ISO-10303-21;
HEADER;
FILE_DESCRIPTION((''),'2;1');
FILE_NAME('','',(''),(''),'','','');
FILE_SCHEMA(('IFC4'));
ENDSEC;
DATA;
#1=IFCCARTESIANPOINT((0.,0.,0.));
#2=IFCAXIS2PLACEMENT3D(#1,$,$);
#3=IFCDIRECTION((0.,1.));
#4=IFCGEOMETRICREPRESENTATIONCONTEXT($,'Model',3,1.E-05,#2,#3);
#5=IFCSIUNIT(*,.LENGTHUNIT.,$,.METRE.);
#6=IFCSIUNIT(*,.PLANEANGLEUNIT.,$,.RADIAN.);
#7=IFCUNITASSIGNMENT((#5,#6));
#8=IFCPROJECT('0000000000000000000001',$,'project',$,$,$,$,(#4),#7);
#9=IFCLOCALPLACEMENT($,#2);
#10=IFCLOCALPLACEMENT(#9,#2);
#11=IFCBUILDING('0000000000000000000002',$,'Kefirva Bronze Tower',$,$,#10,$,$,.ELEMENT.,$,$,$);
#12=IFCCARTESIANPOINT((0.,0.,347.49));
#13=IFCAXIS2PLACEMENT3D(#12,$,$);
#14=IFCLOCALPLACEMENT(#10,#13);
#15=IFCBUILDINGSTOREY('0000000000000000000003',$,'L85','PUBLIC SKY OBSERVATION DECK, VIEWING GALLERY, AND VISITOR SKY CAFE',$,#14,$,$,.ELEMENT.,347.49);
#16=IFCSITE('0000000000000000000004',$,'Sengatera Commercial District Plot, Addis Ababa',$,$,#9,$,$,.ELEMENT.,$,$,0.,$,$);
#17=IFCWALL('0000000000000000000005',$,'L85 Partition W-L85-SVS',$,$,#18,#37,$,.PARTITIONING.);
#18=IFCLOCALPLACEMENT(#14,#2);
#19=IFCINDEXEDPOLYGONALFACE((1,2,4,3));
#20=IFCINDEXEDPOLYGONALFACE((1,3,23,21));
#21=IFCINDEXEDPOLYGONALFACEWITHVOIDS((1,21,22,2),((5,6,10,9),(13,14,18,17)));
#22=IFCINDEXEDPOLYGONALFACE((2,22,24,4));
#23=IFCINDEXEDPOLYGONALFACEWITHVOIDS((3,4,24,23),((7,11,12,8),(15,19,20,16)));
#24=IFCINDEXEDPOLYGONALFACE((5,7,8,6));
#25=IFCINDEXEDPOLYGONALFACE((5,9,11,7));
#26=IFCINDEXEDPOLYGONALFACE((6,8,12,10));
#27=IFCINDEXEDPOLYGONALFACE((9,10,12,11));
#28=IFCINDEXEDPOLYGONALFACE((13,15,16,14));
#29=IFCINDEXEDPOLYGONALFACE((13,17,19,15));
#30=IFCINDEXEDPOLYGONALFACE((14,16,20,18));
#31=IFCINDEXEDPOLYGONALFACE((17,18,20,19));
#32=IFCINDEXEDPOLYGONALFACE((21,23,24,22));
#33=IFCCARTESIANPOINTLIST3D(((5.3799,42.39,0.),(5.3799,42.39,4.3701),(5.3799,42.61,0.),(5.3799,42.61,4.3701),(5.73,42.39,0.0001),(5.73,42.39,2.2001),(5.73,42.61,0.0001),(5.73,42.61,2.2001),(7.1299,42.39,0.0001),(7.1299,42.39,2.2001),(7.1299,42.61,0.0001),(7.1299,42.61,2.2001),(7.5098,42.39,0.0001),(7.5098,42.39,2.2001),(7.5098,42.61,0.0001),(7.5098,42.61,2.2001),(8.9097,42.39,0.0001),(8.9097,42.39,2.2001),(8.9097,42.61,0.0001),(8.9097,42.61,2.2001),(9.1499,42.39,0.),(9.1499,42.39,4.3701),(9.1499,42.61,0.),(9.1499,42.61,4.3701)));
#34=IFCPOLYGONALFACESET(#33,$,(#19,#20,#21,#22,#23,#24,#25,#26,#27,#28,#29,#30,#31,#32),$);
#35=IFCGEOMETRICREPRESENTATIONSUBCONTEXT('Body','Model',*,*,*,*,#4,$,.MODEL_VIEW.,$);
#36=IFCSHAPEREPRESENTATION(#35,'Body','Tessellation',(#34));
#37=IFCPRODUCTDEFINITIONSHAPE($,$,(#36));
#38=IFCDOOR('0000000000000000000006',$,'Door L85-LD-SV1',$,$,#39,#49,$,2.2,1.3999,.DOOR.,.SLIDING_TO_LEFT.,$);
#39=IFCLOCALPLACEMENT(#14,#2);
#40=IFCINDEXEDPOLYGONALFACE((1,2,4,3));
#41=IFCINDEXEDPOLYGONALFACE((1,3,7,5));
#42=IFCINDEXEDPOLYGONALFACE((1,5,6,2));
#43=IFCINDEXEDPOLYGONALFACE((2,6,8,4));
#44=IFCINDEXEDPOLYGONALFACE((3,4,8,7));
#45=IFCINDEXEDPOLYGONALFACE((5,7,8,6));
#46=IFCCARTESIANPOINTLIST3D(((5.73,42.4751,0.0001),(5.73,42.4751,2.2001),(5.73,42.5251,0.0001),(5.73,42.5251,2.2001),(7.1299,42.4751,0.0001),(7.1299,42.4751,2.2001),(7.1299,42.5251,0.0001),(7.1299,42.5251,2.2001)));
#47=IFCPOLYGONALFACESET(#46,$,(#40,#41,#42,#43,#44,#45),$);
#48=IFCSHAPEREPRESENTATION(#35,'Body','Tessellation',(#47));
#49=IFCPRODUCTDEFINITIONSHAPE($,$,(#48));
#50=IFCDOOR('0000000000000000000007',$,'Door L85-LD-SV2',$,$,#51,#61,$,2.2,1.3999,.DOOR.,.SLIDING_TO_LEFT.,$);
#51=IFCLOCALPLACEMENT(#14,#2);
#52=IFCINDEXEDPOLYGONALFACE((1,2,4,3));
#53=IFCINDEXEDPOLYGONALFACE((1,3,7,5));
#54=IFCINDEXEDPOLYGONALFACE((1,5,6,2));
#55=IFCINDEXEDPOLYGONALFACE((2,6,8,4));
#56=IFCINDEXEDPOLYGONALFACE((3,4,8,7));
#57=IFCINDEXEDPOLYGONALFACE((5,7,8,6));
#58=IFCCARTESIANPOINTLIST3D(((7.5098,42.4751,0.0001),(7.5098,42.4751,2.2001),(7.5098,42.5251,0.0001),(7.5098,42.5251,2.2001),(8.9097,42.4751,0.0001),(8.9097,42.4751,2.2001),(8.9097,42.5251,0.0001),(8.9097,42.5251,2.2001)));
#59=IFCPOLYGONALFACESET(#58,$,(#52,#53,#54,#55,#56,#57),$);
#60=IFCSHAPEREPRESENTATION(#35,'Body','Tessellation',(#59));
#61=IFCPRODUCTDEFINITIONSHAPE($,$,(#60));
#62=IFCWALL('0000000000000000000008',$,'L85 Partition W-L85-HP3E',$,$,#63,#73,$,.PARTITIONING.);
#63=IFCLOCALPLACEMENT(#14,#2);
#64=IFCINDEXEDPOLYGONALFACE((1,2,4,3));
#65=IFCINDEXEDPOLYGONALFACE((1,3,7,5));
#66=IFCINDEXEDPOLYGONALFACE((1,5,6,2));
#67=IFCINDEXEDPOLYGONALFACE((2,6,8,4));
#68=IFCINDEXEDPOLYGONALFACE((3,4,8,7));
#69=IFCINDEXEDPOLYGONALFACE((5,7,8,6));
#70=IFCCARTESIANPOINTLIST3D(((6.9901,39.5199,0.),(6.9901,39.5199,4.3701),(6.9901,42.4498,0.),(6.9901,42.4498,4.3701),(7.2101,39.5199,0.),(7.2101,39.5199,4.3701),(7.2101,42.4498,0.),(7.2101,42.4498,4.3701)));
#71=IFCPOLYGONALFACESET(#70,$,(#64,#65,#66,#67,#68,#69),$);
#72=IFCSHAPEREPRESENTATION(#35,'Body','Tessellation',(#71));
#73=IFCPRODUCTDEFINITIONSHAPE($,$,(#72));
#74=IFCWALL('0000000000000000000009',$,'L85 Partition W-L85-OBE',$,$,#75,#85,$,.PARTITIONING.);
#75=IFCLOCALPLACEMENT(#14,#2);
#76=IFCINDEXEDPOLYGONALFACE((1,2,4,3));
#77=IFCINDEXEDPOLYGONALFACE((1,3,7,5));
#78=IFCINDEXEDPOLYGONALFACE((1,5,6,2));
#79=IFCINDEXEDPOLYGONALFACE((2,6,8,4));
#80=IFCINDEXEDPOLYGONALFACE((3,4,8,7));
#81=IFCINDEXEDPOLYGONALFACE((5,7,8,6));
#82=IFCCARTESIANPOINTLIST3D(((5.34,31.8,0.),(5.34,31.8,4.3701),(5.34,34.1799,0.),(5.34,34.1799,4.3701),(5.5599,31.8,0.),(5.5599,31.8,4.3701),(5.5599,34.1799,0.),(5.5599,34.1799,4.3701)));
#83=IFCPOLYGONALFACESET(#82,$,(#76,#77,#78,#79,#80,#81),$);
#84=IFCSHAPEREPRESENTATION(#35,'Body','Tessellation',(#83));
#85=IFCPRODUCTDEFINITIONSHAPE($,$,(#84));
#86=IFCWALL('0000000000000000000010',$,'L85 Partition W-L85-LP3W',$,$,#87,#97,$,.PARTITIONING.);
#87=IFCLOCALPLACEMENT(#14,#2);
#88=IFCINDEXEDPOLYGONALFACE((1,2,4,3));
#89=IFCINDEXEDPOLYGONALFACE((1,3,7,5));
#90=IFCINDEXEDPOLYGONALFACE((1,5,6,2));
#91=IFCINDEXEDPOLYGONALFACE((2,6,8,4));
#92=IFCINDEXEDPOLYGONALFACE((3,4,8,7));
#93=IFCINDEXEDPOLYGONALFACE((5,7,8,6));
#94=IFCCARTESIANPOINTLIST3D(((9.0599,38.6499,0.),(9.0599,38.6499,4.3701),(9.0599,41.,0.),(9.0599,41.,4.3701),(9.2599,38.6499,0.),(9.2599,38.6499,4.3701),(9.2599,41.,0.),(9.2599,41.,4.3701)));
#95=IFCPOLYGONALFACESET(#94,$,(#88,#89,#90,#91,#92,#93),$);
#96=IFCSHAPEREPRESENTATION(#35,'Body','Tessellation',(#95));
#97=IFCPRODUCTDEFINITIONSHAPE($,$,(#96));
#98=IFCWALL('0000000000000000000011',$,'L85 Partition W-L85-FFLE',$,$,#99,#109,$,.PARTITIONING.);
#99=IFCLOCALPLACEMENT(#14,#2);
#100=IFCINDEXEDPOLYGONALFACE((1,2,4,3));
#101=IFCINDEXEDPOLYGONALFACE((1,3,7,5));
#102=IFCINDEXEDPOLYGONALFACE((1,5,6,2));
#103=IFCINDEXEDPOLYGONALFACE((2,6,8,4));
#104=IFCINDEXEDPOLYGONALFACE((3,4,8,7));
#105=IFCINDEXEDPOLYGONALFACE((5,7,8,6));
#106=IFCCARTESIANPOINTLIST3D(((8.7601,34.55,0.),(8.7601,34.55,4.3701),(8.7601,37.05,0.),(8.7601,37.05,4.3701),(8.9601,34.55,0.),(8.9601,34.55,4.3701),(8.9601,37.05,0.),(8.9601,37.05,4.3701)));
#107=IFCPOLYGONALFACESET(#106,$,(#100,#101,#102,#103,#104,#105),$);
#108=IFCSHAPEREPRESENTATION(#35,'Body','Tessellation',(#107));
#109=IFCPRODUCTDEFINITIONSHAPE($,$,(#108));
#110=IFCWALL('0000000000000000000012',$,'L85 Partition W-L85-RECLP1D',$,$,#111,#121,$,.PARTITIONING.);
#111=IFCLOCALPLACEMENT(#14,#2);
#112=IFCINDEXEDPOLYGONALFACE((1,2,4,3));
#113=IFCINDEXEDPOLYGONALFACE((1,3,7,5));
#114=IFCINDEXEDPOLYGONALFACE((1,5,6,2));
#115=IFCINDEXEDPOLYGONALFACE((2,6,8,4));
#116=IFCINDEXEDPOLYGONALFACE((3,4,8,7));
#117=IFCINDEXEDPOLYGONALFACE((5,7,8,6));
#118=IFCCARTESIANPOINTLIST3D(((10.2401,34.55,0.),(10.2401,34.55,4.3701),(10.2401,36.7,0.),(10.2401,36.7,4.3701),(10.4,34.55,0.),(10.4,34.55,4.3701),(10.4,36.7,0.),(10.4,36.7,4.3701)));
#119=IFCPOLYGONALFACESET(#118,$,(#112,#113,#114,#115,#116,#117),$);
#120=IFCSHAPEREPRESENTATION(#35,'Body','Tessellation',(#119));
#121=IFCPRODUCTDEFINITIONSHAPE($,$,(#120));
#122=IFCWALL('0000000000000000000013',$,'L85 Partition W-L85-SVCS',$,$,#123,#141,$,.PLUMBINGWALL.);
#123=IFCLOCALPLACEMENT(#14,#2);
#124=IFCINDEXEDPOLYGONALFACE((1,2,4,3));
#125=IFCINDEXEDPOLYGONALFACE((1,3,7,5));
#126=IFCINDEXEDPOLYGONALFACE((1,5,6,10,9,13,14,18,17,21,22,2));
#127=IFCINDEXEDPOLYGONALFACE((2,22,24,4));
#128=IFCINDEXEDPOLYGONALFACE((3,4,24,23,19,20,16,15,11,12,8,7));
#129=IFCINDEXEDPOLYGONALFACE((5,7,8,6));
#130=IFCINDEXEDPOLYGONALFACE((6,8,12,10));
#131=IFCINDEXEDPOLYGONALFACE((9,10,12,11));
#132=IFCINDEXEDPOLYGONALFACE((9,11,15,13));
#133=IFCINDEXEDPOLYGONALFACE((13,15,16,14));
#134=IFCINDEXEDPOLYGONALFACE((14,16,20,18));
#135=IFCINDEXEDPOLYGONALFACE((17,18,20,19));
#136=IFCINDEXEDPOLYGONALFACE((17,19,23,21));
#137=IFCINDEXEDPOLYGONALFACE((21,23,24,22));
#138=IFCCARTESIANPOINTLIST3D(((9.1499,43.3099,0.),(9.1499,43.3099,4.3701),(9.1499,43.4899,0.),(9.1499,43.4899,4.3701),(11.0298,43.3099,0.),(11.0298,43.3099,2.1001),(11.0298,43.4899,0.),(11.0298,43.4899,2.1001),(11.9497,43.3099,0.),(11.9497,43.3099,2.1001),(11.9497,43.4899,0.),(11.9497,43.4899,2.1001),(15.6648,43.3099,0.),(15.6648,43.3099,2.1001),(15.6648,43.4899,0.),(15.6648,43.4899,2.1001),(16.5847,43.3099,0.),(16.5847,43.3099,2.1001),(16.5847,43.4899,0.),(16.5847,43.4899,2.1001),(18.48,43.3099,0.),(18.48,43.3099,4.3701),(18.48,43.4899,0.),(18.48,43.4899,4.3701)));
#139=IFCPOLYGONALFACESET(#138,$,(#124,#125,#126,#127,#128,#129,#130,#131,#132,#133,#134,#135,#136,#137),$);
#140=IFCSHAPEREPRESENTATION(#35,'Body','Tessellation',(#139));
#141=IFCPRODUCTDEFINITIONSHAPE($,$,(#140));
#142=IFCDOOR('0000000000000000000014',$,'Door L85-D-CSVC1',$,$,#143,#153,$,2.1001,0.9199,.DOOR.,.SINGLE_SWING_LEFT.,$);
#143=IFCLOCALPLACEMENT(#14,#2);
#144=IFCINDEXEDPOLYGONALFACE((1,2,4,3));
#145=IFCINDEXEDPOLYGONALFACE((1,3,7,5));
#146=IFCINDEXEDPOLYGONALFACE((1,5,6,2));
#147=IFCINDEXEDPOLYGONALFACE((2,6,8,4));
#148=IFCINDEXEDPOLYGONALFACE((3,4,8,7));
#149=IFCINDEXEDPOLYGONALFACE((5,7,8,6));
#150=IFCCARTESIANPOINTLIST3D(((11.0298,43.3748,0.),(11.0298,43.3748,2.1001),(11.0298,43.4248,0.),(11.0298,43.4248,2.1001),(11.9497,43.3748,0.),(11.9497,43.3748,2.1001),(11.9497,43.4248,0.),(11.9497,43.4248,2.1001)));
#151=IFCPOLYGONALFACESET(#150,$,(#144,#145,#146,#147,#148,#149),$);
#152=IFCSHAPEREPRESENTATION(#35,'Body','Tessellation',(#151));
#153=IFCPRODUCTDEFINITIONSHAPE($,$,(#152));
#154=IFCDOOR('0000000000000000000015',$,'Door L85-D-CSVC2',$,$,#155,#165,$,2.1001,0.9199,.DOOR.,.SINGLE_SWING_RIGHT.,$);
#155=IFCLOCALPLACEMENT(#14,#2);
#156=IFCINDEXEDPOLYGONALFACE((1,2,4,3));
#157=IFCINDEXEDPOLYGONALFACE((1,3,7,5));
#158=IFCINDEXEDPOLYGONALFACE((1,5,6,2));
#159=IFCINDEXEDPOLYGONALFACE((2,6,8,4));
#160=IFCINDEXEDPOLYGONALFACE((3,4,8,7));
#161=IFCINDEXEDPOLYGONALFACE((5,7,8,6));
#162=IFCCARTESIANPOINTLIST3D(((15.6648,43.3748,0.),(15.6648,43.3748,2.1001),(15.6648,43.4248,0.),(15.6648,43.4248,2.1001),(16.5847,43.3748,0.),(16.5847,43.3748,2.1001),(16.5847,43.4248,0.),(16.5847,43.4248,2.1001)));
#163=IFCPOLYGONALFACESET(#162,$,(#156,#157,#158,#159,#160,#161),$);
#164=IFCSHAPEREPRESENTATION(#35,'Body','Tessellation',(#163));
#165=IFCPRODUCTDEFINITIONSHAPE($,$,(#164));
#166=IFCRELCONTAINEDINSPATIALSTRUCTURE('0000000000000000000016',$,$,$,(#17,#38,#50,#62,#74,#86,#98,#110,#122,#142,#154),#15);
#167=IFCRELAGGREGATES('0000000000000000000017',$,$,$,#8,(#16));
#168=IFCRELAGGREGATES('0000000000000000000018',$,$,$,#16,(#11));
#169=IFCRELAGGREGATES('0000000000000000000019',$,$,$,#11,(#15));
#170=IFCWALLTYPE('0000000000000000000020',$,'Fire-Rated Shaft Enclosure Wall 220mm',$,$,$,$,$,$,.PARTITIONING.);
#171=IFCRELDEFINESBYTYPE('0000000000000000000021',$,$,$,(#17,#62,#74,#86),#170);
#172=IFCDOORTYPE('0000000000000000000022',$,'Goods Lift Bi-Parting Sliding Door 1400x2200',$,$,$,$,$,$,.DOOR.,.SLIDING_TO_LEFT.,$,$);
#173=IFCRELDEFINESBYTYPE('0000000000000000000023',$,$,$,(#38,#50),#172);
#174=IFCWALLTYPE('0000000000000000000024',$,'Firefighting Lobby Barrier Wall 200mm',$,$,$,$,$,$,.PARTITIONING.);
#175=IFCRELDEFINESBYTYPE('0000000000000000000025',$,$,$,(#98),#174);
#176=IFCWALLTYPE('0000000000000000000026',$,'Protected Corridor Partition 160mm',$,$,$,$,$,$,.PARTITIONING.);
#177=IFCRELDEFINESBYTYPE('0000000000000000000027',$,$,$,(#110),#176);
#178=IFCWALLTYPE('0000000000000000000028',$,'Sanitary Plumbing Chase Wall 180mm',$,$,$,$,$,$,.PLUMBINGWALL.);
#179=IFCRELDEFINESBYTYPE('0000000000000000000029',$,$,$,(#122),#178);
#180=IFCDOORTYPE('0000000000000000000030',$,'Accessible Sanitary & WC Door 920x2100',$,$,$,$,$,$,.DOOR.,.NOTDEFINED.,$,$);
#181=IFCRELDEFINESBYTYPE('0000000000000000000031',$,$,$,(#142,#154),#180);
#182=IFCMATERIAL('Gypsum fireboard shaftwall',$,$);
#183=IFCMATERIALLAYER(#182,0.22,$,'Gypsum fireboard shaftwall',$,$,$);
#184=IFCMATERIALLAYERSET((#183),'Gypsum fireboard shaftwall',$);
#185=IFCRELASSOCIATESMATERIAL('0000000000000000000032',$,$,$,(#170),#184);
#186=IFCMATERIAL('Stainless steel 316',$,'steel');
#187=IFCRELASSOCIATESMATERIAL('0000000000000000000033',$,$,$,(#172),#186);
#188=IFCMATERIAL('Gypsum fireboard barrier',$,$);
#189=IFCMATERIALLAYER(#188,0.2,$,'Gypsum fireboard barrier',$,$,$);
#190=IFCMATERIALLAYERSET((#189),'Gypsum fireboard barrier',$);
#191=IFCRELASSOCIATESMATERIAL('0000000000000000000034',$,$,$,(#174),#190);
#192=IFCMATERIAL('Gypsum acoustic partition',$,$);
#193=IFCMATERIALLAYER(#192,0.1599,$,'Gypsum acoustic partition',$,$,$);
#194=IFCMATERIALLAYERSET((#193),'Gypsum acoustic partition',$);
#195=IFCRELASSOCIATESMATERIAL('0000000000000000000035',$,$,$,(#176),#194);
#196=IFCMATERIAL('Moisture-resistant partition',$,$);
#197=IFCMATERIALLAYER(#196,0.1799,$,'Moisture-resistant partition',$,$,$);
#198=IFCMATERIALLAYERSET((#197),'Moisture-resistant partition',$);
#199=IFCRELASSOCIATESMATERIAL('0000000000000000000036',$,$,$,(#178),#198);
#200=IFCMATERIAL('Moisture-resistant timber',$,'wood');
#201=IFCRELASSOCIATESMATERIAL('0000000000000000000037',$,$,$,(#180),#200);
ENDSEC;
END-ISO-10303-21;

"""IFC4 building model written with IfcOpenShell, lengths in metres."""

from ifc_helpers import new_model, si_unit, direction, frame, frame_2d, origin, place, context, subcontext, project, spatial, rectangle, extrude, material, layer, layer_set, type_object, element, fill, save


model = new_model("IFC4")

# Units and contexts
model_context = context("Model", 3, precision=1e-05, world=origin(), true_north=direction((0.0, 1.0)))
body_context = subcontext(model_context, "Body", "Model", "MODEL_VIEW")
ifc_project = project(units=[si_unit("LENGTHUNIT", "METRE"), si_unit("PLANEANGLEUNIT", "RADIAN")], contexts=[model_context])

# Site, building, storey
site_placement = place(None, origin())
site = spatial("IfcSite", under=ifc_project, at=site_placement, Name="Sengatera Commercial District Plot, Addis Ababa", CompositionType="ELEMENT", RefElevation=0.0)
building_placement = place(site_placement, origin())
building = spatial("IfcBuilding", under=site, at=building_placement, Name="Kefirva Bronze Tower", CompositionType="ELEMENT")
storey_placement = place(building_placement, frame((0.0, 0.0, 347.49)))
storey = spatial("IfcBuildingStorey", under=building, at=storey_placement, Name="L85", Description="PUBLIC SKY OBSERVATION DECK, VIEWING GALLERY, AND VISITOR SKY CAFE", CompositionType="ELEMENT", Elevation=347.49)

# Shared definitions
ifc_material_1 = material(Name="Gypsum fireboard shaftwall")
ifc_layer_1 = layer(ifc_material_1, 0.22, Name="Gypsum fireboard shaftwall")
ifc_layer_set_1 = layer_set([ifc_layer_1], Name="Gypsum fireboard shaftwall")
wall_type_1 = type_object("IfcWallType", Name="Fire-Rated Shaft Enclosure Wall 220mm", PredefinedType="PARTITIONING", material=ifc_layer_set_1)
ifc_material_2 = material(Name="Stainless steel 316", Category="steel")

# Wall, openings, doors
wall_1_placement = place(storey_placement, frame((5.3799, 42.5, 0.0), z_axis=(0.0, 0.0, 1.0), x_axis=(1.0, 0.0, 0.0)))
wall_1 = element("IfcWall", 1, at=wall_1_placement, inside=storey, type_object=wall_type_1, Name="L85 Partition W-L85-SVS", PredefinedType="PARTITIONING", context=body_context, shape_type="SweptSolid", body=[
    extrude(rectangle(XDim=3.77, YDim=0.22, at=frame_2d((1.885, 0.0))), origin(), (0.0, 0.0, 1.0), 4.3701),
])
opening_1_placement = place(wall_1_placement, frame((1.75, 0.0, 0.0), z_axis=(0.0, 0.0, 1.0), x_axis=(-1.0, 0.0, 0.0)))
opening_1 = element("IfcOpeningElement", 2, at=opening_1_placement, cuts=wall_1, PredefinedType="OPENING", context=body_context, shape_type="SweptSolid", body=[
    extrude(rectangle(XDim=1.3999, YDim=2.2, at=frame_2d((0.7, 1.1001))), frame((0.0, 0.1201, 0.0), z_axis=(0.0, -1.0, 0.0), x_axis=(1.0, 0.0, 0.0)), (0.0, 0.0, 1.0), 0.24),
])
opening_2_placement = place(wall_1_placement, frame((3.5298, 0.0, 0.0), z_axis=(0.0, 0.0, 1.0), x_axis=(-1.0, 0.0, 0.0)))
opening_2 = element("IfcOpeningElement", 3, at=opening_2_placement, cuts=wall_1, PredefinedType="OPENING", context=body_context, shape_type="SweptSolid", body=[
    extrude(rectangle(XDim=1.3999, YDim=2.2, at=frame_2d((0.7, 1.1001))), frame((0.0, 0.1201, 0.0), z_axis=(0.0, -1.0, 0.0), x_axis=(1.0, 0.0, 0.0)), (0.0, 0.0, 1.0), 0.24),
])
door_type_1 = type_object("IfcDoorType", Name="Goods Lift Bi-Parting Sliding Door 1400x2200", OperationType="SLIDING_TO_LEFT", PredefinedType="DOOR", material=ifc_material_2)
door_1_placement = place(opening_1_placement, origin())
door_1 = element("IfcDoor", 4, at=door_1_placement, inside=storey, type_object=door_type_1, Name="Door L85-LD-SV1", OperationType="SLIDING_TO_LEFT", OverallHeight=2.2, OverallWidth=1.3999, PredefinedType="DOOR", context=body_context, shape_type="SweptSolid", body=[
    extrude(rectangle(XDim=1.3999, YDim=2.2, at=frame_2d((0.7, 1.1001))), frame((0.0, 0.0249, 0.0), z_axis=(0.0, -1.0, 0.0), x_axis=(1.0, 0.0, 0.0)), (0.0, 0.0, 1.0), 0.05),
])
fill(opening_1, door_1)
door_2_placement = place(opening_2_placement, origin())
door_2 = element("IfcDoor", 5, at=door_2_placement, inside=storey, type_object=door_type_1, Name="Door L85-LD-SV2", OperationType="SLIDING_TO_LEFT", OverallHeight=2.2, OverallWidth=1.3999, PredefinedType="DOOR", context=body_context, shape_type="SweptSolid", body=[
    extrude(rectangle(XDim=1.3999, YDim=2.2, at=frame_2d((0.7, 1.1001))), frame((0.0, 0.0249, 0.0), z_axis=(0.0, -1.0, 0.0), x_axis=(1.0, 0.0, 0.0)), (0.0, 0.0, 1.0), 0.05),
])
fill(opening_2, door_2)

# Walls
wall_2_placement = place(storey_placement, frame((7.1001, 39.52, 0.0), z_axis=(0.0, 0.0, 1.0), x_axis=(0.0, 1.0, 0.0)))
element("IfcWall", 6, at=wall_2_placement, inside=storey, type_object=wall_type_1, Name="L85 Partition W-L85-HP3E", PredefinedType="PARTITIONING", context=body_context, shape_type="SweptSolid", body=[
    extrude(rectangle(XDim=2.9299, YDim=0.22, at=frame_2d((1.4648, 0.0))), origin(), (0.0, 0.0, 1.0), 4.3701),
])
wall_3_placement = place(storey_placement, frame((5.45, 31.8, 0.0), z_axis=(0.0, 0.0, 1.0), x_axis=(0.0, 1.0, 0.0)))
element("IfcWall", 7, at=wall_3_placement, inside=storey, type_object=wall_type_1, Name="L85 Partition W-L85-OBE", PredefinedType="PARTITIONING", context=body_context, shape_type="SweptSolid", body=[
    extrude(rectangle(XDim=2.3799, YDim=0.22, at=frame_2d((1.1899, 0.0))), origin(), (0.0, 0.0, 1.0), 4.3701),
])
wall_4_placement = place(storey_placement, frame((9.1599, 38.6499, 0.0), z_axis=(0.0, 0.0, 1.0), x_axis=(0.0, 1.0, 0.0)))
element("IfcWall", 8, at=wall_4_placement, inside=storey, type_object=wall_type_1, Name="L85 Partition W-L85-LP3W", PredefinedType="PARTITIONING", context=body_context, shape_type="SweptSolid", body=[
    extrude(rectangle(XDim=2.3501, YDim=0.2, at=frame_2d((1.175, 0.0))), origin(), (0.0, 0.0, 1.0), 4.3701),
])
ifc_material_3 = material(Name="Gypsum fireboard barrier")
ifc_layer_2 = layer(ifc_material_3, 0.2, Name="Gypsum fireboard barrier")
ifc_layer_set_2 = layer_set([ifc_layer_2], Name="Gypsum fireboard barrier")
wall_type_2 = type_object("IfcWallType", Name="Firefighting Lobby Barrier Wall 200mm", PredefinedType="PARTITIONING", material=ifc_layer_set_2)
wall_5_placement = place(storey_placement, frame((8.8601, 34.55, 0.0), z_axis=(0.0, 0.0, 1.0), x_axis=(0.0, 1.0, 0.0)))
element("IfcWall", 9, at=wall_5_placement, inside=storey, type_object=wall_type_2, Name="L85 Partition W-L85-FFLE", PredefinedType="PARTITIONING", context=body_context, shape_type="SweptSolid", body=[
    extrude(rectangle(XDim=2.5, YDim=0.2, at=frame_2d((1.25, 0.0))), origin(), (0.0, 0.0, 1.0), 4.3701),
])

# Shared definitions
ifc_material_4 = material(Name="Gypsum acoustic partition")
ifc_layer_3 = layer(ifc_material_4, 0.1599, Name="Gypsum acoustic partition")
ifc_layer_set_3 = layer_set([ifc_layer_3], Name="Gypsum acoustic partition")
wall_type_3 = type_object("IfcWallType", Name="Protected Corridor Partition 160mm", PredefinedType="PARTITIONING", material=ifc_layer_set_3)

# Wall
wall_6_placement = place(storey_placement, frame((10.3201, 34.55, 0.0), z_axis=(0.0, 0.0, 1.0), x_axis=(0.0, 1.0, 0.0)))
element("IfcWall", 10, at=wall_6_placement, inside=storey, type_object=wall_type_3, Name="L85 Partition W-L85-RECLP1D", PredefinedType="PARTITIONING", context=body_context, shape_type="SweptSolid", body=[
    extrude(rectangle(XDim=2.1499, YDim=0.1599, at=frame_2d((1.075, 0.0))), origin(), (0.0, 0.0, 1.0), 4.3701),
])

# Wall, openings, doors
ifc_material_5 = material(Name="Moisture-resistant partition")
ifc_layer_4 = layer(ifc_material_5, 0.1799, Name="Moisture-resistant partition")
ifc_layer_set_4 = layer_set([ifc_layer_4], Name="Moisture-resistant partition")
wall_type_4 = type_object("IfcWallType", Name="Sanitary Plumbing Chase Wall 180mm", PredefinedType="PLUMBINGWALL", material=ifc_layer_set_4)
wall_7_placement = place(storey_placement, frame((9.1499, 43.3999, 0.0), z_axis=(0.0, 0.0, 1.0), x_axis=(1.0, 0.0, 0.0)))
wall_7 = element("IfcWall", 11, at=wall_7_placement, inside=storey, type_object=wall_type_4, Name="L85 Partition W-L85-SVCS", PredefinedType="PLUMBINGWALL", context=body_context, shape_type="SweptSolid", body=[
    extrude(rectangle(XDim=9.3301, YDim=0.1799, at=frame_2d((4.665, 0.0))), origin(), (0.0, 0.0, 1.0), 4.3701),
])
opening_3_placement = place(wall_7_placement, frame((1.8799, 0.0, 0.0)))
opening_3 = element("IfcOpeningElement", 12, at=opening_3_placement, cuts=wall_7, PredefinedType="OPENING", context=body_context, shape_type="SweptSolid", body=[
    extrude(rectangle(XDim=0.9199, YDim=2.1001, at=frame_2d((0.46, 1.05))), frame((0.0, 0.1001, 0.0), z_axis=(0.0, -1.0, 0.0), x_axis=(1.0, 0.0, 0.0)), (0.0, 0.0, 1.0), 0.2),
])
opening_4_placement = place(wall_7_placement, frame((6.5149, 0.0, 0.0)))
opening_4 = element("IfcOpeningElement", 13, at=opening_4_placement, cuts=wall_7, PredefinedType="OPENING", context=body_context, shape_type="SweptSolid", body=[
    extrude(rectangle(XDim=0.9199, YDim=2.1001, at=frame_2d((0.46, 1.05))), frame((0.0, 0.1001, 0.0), z_axis=(0.0, -1.0, 0.0), x_axis=(1.0, 0.0, 0.0)), (0.0, 0.0, 1.0), 0.2),
])
ifc_material_6 = material(Name="Moisture-resistant timber", Category="wood")
door_type_2 = type_object("IfcDoorType", Name="Accessible Sanitary & WC Door 920x2100", OperationType="NOTDEFINED", PredefinedType="DOOR", material=ifc_material_6)
door_3_placement = place(opening_3_placement, origin())
door_3 = element("IfcDoor", 14, at=door_3_placement, inside=storey, type_object=door_type_2, Name="Door L85-D-CSVC1", OperationType="SINGLE_SWING_LEFT", OverallHeight=2.1001, OverallWidth=0.9199, PredefinedType="DOOR", context=body_context, shape_type="SweptSolid", body=[
    extrude(rectangle(XDim=0.9199, YDim=2.1001, at=frame_2d((0.46, 1.05))), frame((0.0, 0.0249, 0.0), z_axis=(0.0, -1.0, 0.0), x_axis=(1.0, 0.0, 0.0)), (0.0, 0.0, 1.0), 0.05),
])
fill(opening_3, door_3)
door_4_placement = place(opening_4_placement, origin())
door_4 = element("IfcDoor", 15, at=door_4_placement, inside=storey, type_object=door_type_2, Name="Door L85-D-CSVC2", OperationType="SINGLE_SWING_RIGHT", OverallHeight=2.1001, OverallWidth=0.9199, PredefinedType="DOOR", context=body_context, shape_type="SweptSolid", body=[
    extrude(rectangle(XDim=0.9199, YDim=2.1001, at=frame_2d((0.46, 1.05))), frame((0.0, 0.0249, 0.0), z_axis=(0.0, -1.0, 0.0), x_axis=(1.0, 0.0, 0.0)), (0.0, 0.0, 1.0), 0.05),
])
fill(opening_4, door_4)

save(model, "model.ifc")
